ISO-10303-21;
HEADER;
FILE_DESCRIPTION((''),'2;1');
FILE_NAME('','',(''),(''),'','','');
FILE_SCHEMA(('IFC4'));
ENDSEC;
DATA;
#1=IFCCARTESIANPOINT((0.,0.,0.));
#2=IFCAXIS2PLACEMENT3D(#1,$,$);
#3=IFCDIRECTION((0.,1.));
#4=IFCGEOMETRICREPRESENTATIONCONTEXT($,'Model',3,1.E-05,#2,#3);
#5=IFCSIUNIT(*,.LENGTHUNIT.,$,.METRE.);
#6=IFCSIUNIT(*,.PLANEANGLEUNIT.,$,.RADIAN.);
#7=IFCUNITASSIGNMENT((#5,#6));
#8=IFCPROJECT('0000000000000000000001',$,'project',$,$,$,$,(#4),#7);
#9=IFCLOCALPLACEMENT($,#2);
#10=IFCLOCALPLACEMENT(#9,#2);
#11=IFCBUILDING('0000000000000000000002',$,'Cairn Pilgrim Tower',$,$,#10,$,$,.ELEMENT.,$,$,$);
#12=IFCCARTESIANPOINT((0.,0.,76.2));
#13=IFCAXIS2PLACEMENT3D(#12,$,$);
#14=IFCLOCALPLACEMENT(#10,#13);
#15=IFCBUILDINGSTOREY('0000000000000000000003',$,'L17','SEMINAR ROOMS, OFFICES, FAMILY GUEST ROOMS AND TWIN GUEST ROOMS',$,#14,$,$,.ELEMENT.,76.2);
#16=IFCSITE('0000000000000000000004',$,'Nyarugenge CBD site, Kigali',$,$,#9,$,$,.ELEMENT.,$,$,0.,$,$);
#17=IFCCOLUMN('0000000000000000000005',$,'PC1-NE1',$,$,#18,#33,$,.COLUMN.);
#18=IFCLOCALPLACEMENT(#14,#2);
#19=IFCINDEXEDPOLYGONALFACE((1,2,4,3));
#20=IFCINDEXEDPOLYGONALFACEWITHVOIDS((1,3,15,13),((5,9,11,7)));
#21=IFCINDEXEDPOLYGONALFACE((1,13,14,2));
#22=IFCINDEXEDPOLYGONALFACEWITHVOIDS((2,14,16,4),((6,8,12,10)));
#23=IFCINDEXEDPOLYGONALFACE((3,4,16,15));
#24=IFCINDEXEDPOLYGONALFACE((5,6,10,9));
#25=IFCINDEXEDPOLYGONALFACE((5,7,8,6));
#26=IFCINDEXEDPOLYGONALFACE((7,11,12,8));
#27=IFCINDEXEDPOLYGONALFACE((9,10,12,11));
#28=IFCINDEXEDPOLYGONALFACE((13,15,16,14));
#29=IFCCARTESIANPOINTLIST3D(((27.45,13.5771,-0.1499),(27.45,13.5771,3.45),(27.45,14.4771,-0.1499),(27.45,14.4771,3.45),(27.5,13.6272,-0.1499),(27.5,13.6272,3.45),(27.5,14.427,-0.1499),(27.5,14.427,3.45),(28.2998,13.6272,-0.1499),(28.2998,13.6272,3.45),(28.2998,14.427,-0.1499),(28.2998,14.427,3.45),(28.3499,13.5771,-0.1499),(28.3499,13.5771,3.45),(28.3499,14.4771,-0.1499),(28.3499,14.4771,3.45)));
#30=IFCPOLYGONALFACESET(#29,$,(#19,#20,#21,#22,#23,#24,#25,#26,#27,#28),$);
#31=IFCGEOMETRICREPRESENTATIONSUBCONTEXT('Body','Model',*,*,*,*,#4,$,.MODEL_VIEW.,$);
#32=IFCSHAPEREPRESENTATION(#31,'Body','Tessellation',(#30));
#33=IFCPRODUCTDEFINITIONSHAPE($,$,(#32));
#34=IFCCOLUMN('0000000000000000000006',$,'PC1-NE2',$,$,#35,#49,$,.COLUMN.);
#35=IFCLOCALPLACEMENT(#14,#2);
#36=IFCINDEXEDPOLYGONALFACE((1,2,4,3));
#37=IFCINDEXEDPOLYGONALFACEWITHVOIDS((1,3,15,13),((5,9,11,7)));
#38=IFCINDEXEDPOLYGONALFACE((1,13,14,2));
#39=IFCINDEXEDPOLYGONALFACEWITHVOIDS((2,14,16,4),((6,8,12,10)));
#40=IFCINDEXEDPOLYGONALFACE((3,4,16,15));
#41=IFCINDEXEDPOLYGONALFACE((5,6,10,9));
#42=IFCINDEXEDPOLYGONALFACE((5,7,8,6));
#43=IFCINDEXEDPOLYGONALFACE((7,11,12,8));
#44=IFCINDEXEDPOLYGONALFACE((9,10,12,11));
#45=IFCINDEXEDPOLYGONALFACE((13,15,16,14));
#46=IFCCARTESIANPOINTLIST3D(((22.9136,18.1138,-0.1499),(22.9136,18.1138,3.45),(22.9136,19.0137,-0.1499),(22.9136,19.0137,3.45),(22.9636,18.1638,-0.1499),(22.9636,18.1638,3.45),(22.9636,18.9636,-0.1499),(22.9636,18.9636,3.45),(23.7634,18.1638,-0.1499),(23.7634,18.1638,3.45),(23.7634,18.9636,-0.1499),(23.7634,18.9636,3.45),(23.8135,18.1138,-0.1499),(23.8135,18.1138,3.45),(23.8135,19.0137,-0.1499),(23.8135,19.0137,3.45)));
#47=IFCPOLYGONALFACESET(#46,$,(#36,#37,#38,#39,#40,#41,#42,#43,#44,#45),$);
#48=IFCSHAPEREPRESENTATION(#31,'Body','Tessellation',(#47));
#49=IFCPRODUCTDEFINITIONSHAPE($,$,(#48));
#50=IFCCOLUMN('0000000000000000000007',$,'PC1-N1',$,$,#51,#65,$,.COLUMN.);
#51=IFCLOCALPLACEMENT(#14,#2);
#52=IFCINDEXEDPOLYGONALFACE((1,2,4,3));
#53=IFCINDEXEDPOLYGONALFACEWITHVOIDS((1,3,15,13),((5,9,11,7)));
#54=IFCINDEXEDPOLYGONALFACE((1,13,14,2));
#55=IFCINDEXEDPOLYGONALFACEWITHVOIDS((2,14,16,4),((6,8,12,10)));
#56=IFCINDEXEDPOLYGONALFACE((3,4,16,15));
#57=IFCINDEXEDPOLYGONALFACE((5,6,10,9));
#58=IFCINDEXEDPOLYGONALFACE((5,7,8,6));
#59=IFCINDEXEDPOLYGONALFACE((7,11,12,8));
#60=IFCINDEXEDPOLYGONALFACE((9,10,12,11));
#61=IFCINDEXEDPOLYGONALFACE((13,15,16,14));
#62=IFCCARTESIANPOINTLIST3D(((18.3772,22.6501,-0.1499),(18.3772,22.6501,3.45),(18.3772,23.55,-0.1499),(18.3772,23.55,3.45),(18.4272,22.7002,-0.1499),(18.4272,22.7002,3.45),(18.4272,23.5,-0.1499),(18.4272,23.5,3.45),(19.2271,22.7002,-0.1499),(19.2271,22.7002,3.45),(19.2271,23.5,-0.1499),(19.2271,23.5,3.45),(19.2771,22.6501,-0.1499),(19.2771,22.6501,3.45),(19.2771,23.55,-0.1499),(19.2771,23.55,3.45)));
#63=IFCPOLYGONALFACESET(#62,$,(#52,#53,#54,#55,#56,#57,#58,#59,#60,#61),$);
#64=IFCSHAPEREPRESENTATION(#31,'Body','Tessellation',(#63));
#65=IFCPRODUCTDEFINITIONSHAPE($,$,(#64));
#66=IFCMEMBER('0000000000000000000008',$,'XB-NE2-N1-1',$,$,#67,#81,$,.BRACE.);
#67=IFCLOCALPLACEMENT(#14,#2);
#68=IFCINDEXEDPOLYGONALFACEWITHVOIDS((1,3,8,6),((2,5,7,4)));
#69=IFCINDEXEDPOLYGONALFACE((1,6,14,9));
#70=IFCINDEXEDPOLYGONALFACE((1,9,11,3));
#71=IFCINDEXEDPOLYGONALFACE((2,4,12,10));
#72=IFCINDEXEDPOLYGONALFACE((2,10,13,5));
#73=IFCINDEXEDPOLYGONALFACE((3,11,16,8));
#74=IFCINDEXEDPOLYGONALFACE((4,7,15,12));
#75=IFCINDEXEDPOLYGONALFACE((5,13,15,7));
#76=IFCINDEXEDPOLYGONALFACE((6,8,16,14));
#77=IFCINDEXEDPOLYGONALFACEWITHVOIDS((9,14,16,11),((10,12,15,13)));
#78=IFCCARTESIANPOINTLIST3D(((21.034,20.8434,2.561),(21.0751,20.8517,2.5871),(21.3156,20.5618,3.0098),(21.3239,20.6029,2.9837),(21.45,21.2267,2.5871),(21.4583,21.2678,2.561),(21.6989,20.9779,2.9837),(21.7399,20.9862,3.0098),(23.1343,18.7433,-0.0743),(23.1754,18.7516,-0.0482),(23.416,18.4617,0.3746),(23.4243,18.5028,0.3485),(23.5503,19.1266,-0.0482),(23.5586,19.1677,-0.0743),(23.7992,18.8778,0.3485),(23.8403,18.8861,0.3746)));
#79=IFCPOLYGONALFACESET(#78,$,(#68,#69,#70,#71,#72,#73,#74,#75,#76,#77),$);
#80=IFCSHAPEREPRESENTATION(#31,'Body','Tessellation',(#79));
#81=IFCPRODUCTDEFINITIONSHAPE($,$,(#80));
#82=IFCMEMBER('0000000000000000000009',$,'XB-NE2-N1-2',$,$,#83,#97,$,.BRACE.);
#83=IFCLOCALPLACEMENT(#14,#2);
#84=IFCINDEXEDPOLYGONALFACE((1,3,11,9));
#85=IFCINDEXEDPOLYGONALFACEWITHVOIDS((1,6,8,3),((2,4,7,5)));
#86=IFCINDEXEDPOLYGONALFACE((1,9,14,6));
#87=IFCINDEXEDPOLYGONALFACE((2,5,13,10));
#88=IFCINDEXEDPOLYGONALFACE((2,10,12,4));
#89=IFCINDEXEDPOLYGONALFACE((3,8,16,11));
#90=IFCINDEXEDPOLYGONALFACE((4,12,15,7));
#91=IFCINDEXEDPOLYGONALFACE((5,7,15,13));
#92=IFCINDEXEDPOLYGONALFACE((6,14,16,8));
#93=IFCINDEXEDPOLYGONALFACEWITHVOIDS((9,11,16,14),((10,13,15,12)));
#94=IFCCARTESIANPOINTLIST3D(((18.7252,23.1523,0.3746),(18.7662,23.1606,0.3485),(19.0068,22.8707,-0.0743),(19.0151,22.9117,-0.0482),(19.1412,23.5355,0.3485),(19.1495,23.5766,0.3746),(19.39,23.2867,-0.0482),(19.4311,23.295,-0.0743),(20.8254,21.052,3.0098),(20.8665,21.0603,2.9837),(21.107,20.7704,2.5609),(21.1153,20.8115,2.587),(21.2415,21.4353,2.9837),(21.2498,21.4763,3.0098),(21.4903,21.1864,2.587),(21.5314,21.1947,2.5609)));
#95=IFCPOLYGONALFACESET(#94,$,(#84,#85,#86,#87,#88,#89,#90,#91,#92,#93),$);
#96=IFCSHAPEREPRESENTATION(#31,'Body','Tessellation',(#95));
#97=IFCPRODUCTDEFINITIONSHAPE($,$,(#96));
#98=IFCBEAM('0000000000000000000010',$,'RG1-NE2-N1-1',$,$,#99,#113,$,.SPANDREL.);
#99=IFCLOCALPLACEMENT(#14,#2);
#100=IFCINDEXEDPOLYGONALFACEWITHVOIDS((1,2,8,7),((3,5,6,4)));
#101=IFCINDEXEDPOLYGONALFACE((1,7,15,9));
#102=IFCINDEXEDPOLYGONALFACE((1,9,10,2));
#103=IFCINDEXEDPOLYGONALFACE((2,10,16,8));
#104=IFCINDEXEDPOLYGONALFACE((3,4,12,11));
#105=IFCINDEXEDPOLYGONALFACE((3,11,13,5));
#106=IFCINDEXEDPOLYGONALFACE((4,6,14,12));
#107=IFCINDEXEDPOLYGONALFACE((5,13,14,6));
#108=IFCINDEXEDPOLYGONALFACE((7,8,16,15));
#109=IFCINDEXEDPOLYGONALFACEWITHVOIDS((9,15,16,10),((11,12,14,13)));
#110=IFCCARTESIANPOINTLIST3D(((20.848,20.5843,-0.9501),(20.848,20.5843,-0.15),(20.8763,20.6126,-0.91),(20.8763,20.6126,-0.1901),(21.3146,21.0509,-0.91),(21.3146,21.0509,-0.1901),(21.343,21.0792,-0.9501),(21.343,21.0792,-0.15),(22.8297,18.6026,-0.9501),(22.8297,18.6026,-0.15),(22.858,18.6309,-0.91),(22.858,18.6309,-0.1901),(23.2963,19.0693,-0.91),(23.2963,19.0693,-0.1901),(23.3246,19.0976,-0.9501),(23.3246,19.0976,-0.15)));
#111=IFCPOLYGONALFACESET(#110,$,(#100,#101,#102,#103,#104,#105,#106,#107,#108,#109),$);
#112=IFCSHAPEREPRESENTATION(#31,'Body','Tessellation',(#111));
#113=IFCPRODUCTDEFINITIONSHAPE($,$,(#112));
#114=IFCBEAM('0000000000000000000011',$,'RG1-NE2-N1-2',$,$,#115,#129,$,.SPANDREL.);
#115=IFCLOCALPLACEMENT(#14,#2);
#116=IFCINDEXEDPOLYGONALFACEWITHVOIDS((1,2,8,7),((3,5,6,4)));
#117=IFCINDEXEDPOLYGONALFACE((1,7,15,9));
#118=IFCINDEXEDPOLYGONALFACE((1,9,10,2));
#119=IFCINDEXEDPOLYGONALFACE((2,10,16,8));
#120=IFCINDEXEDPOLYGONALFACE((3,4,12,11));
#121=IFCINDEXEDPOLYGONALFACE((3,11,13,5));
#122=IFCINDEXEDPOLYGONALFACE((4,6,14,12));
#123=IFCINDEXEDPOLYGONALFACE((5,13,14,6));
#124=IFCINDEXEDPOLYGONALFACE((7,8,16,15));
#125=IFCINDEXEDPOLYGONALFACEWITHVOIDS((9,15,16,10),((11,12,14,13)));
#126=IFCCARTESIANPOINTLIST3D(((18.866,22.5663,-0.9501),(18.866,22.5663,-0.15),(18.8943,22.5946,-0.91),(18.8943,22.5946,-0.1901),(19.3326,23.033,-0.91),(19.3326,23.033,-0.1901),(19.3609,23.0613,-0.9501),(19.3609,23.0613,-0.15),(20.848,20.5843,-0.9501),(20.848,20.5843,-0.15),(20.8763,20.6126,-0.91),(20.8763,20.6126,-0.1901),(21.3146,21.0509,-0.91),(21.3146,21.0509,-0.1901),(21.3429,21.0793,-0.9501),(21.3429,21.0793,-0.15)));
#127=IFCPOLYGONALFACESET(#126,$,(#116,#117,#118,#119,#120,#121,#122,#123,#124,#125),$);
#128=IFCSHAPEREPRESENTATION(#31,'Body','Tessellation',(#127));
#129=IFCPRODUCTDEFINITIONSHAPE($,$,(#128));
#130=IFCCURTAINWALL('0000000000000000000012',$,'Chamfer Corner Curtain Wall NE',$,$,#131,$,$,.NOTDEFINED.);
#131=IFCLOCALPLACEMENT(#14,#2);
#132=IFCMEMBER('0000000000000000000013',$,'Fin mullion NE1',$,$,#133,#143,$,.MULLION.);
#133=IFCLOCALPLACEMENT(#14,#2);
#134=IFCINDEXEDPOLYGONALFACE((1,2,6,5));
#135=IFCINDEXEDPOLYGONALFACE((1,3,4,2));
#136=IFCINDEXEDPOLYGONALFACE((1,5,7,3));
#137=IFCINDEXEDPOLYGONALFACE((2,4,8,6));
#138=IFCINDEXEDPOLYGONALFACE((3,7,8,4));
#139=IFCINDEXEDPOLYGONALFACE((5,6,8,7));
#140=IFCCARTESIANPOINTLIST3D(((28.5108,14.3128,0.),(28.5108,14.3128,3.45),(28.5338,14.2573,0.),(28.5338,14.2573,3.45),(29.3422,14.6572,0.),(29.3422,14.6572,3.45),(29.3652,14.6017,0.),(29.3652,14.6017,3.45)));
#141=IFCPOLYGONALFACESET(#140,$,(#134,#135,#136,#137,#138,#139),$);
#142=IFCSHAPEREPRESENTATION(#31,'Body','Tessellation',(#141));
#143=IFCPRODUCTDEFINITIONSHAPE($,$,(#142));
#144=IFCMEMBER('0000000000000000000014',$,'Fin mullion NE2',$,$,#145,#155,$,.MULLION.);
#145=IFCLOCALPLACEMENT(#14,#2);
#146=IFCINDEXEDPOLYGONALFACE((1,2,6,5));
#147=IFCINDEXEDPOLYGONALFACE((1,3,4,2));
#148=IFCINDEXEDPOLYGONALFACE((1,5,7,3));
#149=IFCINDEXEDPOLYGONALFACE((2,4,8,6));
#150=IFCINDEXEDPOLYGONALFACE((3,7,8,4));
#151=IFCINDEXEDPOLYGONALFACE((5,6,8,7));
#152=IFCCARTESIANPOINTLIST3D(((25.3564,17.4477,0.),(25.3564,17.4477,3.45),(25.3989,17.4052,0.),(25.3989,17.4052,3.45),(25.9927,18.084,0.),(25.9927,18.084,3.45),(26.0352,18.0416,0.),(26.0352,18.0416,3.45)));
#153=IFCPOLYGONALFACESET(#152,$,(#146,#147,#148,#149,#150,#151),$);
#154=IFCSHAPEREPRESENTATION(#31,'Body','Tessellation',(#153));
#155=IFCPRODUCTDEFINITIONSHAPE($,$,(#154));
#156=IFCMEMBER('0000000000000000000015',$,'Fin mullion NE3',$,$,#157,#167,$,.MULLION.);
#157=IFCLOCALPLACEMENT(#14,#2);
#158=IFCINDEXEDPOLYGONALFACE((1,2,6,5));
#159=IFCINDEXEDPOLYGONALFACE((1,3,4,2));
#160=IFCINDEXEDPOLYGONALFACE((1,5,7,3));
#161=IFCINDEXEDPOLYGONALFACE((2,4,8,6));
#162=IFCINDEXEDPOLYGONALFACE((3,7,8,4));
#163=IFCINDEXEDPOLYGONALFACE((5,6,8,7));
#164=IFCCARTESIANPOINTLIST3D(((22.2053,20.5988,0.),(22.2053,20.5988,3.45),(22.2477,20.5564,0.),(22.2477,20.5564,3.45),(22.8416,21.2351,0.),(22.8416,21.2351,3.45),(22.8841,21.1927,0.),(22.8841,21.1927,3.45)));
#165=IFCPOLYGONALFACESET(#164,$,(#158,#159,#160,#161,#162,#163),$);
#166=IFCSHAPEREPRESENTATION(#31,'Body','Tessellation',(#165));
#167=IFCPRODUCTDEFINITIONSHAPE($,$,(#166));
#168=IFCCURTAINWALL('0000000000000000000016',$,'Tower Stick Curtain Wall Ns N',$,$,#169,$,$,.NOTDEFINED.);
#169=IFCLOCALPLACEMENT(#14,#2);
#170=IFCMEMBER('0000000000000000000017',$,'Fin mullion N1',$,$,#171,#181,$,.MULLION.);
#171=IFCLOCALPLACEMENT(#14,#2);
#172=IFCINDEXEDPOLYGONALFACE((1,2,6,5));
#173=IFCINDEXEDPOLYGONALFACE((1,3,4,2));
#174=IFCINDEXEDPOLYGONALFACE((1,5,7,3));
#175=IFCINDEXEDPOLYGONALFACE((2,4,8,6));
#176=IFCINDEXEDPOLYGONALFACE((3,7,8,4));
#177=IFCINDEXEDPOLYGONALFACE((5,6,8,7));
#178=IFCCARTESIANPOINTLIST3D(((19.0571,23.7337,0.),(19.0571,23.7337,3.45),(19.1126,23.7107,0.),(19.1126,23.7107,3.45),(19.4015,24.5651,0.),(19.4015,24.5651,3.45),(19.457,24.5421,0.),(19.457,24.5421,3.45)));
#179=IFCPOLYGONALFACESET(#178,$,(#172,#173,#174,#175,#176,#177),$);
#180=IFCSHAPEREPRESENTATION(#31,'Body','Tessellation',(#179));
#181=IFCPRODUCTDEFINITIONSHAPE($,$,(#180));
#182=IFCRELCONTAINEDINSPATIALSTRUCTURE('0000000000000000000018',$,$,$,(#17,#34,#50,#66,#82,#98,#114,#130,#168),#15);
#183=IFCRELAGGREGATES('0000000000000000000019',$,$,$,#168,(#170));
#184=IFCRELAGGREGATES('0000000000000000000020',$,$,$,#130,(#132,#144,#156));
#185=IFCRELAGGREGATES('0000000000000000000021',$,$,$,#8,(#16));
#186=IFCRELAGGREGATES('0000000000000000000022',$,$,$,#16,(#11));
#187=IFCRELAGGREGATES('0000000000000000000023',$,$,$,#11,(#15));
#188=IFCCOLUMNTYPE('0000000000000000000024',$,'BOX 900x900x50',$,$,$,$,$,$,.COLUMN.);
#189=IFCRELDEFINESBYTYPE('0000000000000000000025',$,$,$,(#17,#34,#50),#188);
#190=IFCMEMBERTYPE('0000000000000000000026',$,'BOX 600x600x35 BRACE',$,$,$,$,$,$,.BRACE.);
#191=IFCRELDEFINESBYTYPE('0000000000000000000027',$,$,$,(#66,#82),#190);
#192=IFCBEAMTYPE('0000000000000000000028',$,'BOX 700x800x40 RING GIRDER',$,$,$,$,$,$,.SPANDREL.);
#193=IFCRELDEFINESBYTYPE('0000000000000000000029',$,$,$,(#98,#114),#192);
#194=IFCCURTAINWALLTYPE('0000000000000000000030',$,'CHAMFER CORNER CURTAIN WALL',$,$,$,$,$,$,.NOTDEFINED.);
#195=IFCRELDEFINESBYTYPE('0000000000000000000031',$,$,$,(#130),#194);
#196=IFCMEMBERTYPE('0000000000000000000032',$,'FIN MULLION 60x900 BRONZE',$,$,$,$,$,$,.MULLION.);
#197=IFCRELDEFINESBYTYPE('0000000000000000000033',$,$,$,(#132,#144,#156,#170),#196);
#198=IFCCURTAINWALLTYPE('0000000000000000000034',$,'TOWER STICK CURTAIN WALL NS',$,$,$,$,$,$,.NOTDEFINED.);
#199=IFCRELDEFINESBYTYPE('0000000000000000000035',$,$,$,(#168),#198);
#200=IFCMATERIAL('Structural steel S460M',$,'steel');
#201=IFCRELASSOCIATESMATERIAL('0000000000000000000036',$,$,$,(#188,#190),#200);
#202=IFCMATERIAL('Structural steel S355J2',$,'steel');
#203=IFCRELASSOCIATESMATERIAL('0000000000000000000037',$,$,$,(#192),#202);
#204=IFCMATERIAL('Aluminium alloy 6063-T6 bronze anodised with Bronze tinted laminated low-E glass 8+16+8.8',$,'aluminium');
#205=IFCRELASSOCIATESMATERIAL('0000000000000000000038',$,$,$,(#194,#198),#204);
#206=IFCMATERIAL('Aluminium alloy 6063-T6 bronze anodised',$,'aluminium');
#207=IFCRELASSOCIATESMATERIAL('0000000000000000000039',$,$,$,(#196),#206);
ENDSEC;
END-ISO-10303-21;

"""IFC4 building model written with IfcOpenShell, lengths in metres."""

from ifc_helpers import new_model, si_unit, direction, frame, origin, origin_2d, place, context, subcontext, project, spatial, rectangle, hollow_rectangle, extrude, material, material_profile, profile_set, type_object, element, aggregate, save


model = new_model("IFC4")

# Units and contexts
model_context = context("Model", 3, precision=1e-05, world=origin(), true_north=direction((0.0, 1.0)))
body_context = subcontext(model_context, "Body", "Model", "MODEL_VIEW")
ifc_project = project(units=[si_unit("LENGTHUNIT", "METRE"), si_unit("PLANEANGLEUNIT", "RADIAN")], contexts=[model_context])

# Site, building, storey
site_placement = place(None, origin())
site = spatial("IfcSite", under=ifc_project, at=site_placement, Name="Nyarugenge CBD site, Kigali", CompositionType="ELEMENT", RefElevation=0.0)
building_placement = place(site_placement, origin())
building = spatial("IfcBuilding", under=site, at=building_placement, Name="Cairn Pilgrim Tower", CompositionType="ELEMENT")
storey_placement = place(building_placement, frame((0.0, 0.0, 76.2)))
storey = spatial("IfcBuildingStorey", under=building, at=storey_placement, Name="L17", Description="SEMINAR ROOMS, OFFICES, FAMILY GUEST ROOMS AND TWIN GUEST ROOMS", CompositionType="ELEMENT", Elevation=76.2)

# Columns
ifc_material_1 = material(Name="Structural steel S460M", Category="steel")
ifc_material_profile_1 = material_profile(ifc_material_1, hollow_rectangle(XDim=0.8999, YDim=0.8999, WallThickness=0.05, at=origin_2d()), Name="BOX 900x900x50")
ifc_profile_set_1 = profile_set([ifc_material_profile_1], Name="Structural steel S460M")
column_type = type_object("IfcColumnType", Name="BOX 900x900x50", PredefinedType="COLUMN", material=ifc_profile_set_1)
for number, where, z_axis, x_axis, name in (
    (1, (27.8999, 14.0271, -0.1499), (0.0, 0.0, 1.0), (1.0, 0.0, 0.0), "PC1-NE1"),
    (2, (23.3635, 18.5637, -0.1499), (0.0, 0.0, 1.0), (1.0, 0.0, 0.0), "PC1-NE2"),
    (3, (18.8271, 23.1001, -0.1499), (0.0, 0.0, 1.0), (1.0, 0.0, 0.0), "PC1-N1"),
):
    element("IfcColumn", number, at=place(storey_placement, frame(where, z_axis=z_axis, x_axis=x_axis)), inside=storey, type_object=column_type, Name=name, PredefinedType="COLUMN", context=body_context, shape_type="SweptSolid", body=[
        extrude(hollow_rectangle(XDim=0.8999, YDim=0.8999, WallThickness=0.05, at=origin_2d()), origin(), (0.0, 0.0, 1.0), 3.5999),
    ])

# Members
ifc_material_profile_2 = material_profile(ifc_material_1, hollow_rectangle(XDim=0.6001, YDim=0.6001, WallThickness=0.0349, at=origin_2d()), Name="BOX 600x600x35")
ifc_profile_set_2 = profile_set([ifc_material_profile_2], Name="Structural steel S460M")
member_type_1 = type_object("IfcMemberType", Name="BOX 600x600x35 BRACE", PredefinedType="BRACE", material=ifc_profile_set_2)
for number, where, z_axis, x_axis, name in (
    (4, (23.4873, 18.8147, 0.1501), (-0.528961, 0.528899, 0.663676), (-0.707066, -0.707148, 0.0), "XB-NE2-N1-1"),
    (5, (19.0781, 23.2236, 0.1501), (0.528944, -0.528944, 0.663654), (0.707107, 0.707107, 0.0), "XB-NE2-N1-2"),
):
    element("IfcMember", number, at=place(storey_placement, frame(where, z_axis=z_axis, x_axis=x_axis)), inside=storey, type_object=member_type_1, Name=name, PredefinedType="BRACE", context=body_context, shape_type="SweptSolid", body=[
        extrude(hollow_rectangle(XDim=0.6001, YDim=0.6001, WallThickness=0.0349, at=origin_2d()), origin(), (0.0, 0.0, 1.0), 3.9707),
    ])

# Beams
ifc_material_2 = material(Name="Structural steel S355J2", Category="steel")
ifc_material_profile_3 = material_profile(ifc_material_2, hollow_rectangle(XDim=0.7, YDim=0.8, WallThickness=0.04, at=origin_2d()), Name="BOX 700x800x40")
ifc_profile_set_3 = profile_set([ifc_material_profile_3], Name="Structural steel S355J2")
beam_type_1 = type_object("IfcBeamType", Name="BOX 700x800x40 RING GIRDER", PredefinedType="SPANDREL", material=ifc_profile_set_3)
beam_1_placement = place(storey_placement, frame((23.0771, 18.8501, -0.55), z_axis=(-0.707107, 0.707107, 0.0), x_axis=(-0.707107, -0.707107, 0.0)))
element("IfcBeam", 6, at=beam_1_placement, inside=storey, type_object=beam_type_1, Name="RG1-NE2-N1-1", PredefinedType="SPANDREL", context=body_context, shape_type="SweptSolid", body=[
    extrude(hollow_rectangle(XDim=0.7, YDim=0.8, WallThickness=0.04, at=origin_2d()), origin(), (0.0, 0.0, 1.0), 2.8025),
])
beam_2_placement = place(storey_placement, frame((21.0955, 20.8318, -0.55), z_axis=(-0.707107, 0.707107, 0.0), x_axis=(-0.707107, -0.707107, 0.0)))
element("IfcBeam", 7, at=beam_2_placement, inside=storey, type_object=beam_type_1, Name="RG1-NE2-N1-2", PredefinedType="SPANDREL", context=body_context, shape_type="SweptSolid", body=[
    extrude(hollow_rectangle(XDim=0.7, YDim=0.8, WallThickness=0.04, at=origin_2d()), origin(), (0.0, 0.0, 1.0), 2.803),
])

# Curtain wall, members
ifc_material_3 = material(Name="Aluminium alloy 6063-T6 bronze anodised with Bronze tinted laminated low-E glass 8+16+8.8", Category="aluminium")
curtain_wall_type_1 = type_object("IfcCurtainWallType", Name="CHAMFER CORNER CURTAIN WALL", PredefinedType="NOTDEFINED", material=ifc_material_3)
curtain_wall_1_placement = place(storey_placement, origin())
curtain_wall_1 = element("IfcCurtainWall", 8, at=curtain_wall_1_placement, inside=storey, type_object=curtain_wall_type_1, Name="Chamfer Corner Curtain Wall NE", PredefinedType="NOTDEFINED")
ifc_material_4 = material(Name="Aluminium alloy 6063-T6 bronze anodised", Category="aluminium")
ifc_material_profile_4 = material_profile(ifc_material_4, rectangle(XDim=0.8999, YDim=0.0601, at=origin_2d()), Name="FIN MULLION 60x900 BRONZE")
ifc_profile_set_4 = profile_set([ifc_material_profile_4], Name="Aluminium alloy 6063-T6 bronze anodised")
member_type_2 = type_object("IfcMemberType", Name="FIN MULLION 60x900 BRONZE", PredefinedType="MULLION", material=ifc_profile_set_4)
member_1_placement = place(storey_placement, frame((28.938, 14.4573, 0.0), z_axis=(0.0, 0.0, 1.0), x_axis=(0.92388, 0.382683, 0.0)))
member_1 = element("IfcMember", 9, at=member_1_placement, type_object=member_type_2, Name="Fin mullion NE1", PredefinedType="MULLION", context=body_context, shape_type="SweptSolid", body=[
    extrude(rectangle(XDim=0.8999, YDim=0.0601, at=origin_2d()), origin(), (0.0, 0.0, 1.0), 3.45),
])
member_2_placement = place(storey_placement, frame((25.6958, 17.7446, 0.0), z_axis=(0.0, 0.0, 1.0), x_axis=(0.707107, 0.707107, 0.0)))
member_2 = element("IfcMember", 10, at=member_2_placement, type_object=member_type_2, Name="Fin mullion NE2", PredefinedType="MULLION", context=body_context, shape_type="SweptSolid", body=[
    extrude(rectangle(XDim=0.8999, YDim=0.0601, at=origin_2d()), origin(), (0.0, 0.0, 1.0), 3.45),
])
member_3_placement = place(storey_placement, frame((22.5447, 20.8958, 0.0), z_axis=(0.0, 0.0, 1.0), x_axis=(0.707107, 0.707107, 0.0)))
member_3 = element("IfcMember", 11, at=member_3_placement, type_object=member_type_2, Name="Fin mullion NE3", PredefinedType="MULLION", context=body_context, shape_type="SweptSolid", body=[
    extrude(rectangle(XDim=0.8999, YDim=0.0601, at=origin_2d()), origin(), (0.0, 0.0, 1.0), 3.45),
])

# Curtain wall, member
curtain_wall_type_2 = type_object("IfcCurtainWallType", Name="TOWER STICK CURTAIN WALL NS", PredefinedType="NOTDEFINED", material=ifc_material_3)
curtain_wall_2_placement = place(storey_placement, origin())
curtain_wall_2 = element("IfcCurtainWall", 12, at=curtain_wall_2_placement, inside=storey, type_object=curtain_wall_type_2, Name="Tower Stick Curtain Wall Ns N", PredefinedType="NOTDEFINED")
member_4_placement = place(storey_placement, frame((19.2571, 24.1379, 0.0), z_axis=(0.0, 0.0, 1.0), x_axis=(0.382683, 0.92388, 0.0)))
member_4 = element("IfcMember", 13, at=member_4_placement, type_object=member_type_2, Name="Fin mullion N1", PredefinedType="MULLION", context=body_context, shape_type="SweptSolid", body=[
    extrude(rectangle(XDim=0.8999, YDim=0.0601, at=origin_2d()), origin(), (0.0, 0.0, 1.0), 3.45),
])

aggregate(curtain_wall_2, [member_4])

aggregate(curtain_wall_1, [member_1, member_2, member_3])

save(model, "model.ifc")
